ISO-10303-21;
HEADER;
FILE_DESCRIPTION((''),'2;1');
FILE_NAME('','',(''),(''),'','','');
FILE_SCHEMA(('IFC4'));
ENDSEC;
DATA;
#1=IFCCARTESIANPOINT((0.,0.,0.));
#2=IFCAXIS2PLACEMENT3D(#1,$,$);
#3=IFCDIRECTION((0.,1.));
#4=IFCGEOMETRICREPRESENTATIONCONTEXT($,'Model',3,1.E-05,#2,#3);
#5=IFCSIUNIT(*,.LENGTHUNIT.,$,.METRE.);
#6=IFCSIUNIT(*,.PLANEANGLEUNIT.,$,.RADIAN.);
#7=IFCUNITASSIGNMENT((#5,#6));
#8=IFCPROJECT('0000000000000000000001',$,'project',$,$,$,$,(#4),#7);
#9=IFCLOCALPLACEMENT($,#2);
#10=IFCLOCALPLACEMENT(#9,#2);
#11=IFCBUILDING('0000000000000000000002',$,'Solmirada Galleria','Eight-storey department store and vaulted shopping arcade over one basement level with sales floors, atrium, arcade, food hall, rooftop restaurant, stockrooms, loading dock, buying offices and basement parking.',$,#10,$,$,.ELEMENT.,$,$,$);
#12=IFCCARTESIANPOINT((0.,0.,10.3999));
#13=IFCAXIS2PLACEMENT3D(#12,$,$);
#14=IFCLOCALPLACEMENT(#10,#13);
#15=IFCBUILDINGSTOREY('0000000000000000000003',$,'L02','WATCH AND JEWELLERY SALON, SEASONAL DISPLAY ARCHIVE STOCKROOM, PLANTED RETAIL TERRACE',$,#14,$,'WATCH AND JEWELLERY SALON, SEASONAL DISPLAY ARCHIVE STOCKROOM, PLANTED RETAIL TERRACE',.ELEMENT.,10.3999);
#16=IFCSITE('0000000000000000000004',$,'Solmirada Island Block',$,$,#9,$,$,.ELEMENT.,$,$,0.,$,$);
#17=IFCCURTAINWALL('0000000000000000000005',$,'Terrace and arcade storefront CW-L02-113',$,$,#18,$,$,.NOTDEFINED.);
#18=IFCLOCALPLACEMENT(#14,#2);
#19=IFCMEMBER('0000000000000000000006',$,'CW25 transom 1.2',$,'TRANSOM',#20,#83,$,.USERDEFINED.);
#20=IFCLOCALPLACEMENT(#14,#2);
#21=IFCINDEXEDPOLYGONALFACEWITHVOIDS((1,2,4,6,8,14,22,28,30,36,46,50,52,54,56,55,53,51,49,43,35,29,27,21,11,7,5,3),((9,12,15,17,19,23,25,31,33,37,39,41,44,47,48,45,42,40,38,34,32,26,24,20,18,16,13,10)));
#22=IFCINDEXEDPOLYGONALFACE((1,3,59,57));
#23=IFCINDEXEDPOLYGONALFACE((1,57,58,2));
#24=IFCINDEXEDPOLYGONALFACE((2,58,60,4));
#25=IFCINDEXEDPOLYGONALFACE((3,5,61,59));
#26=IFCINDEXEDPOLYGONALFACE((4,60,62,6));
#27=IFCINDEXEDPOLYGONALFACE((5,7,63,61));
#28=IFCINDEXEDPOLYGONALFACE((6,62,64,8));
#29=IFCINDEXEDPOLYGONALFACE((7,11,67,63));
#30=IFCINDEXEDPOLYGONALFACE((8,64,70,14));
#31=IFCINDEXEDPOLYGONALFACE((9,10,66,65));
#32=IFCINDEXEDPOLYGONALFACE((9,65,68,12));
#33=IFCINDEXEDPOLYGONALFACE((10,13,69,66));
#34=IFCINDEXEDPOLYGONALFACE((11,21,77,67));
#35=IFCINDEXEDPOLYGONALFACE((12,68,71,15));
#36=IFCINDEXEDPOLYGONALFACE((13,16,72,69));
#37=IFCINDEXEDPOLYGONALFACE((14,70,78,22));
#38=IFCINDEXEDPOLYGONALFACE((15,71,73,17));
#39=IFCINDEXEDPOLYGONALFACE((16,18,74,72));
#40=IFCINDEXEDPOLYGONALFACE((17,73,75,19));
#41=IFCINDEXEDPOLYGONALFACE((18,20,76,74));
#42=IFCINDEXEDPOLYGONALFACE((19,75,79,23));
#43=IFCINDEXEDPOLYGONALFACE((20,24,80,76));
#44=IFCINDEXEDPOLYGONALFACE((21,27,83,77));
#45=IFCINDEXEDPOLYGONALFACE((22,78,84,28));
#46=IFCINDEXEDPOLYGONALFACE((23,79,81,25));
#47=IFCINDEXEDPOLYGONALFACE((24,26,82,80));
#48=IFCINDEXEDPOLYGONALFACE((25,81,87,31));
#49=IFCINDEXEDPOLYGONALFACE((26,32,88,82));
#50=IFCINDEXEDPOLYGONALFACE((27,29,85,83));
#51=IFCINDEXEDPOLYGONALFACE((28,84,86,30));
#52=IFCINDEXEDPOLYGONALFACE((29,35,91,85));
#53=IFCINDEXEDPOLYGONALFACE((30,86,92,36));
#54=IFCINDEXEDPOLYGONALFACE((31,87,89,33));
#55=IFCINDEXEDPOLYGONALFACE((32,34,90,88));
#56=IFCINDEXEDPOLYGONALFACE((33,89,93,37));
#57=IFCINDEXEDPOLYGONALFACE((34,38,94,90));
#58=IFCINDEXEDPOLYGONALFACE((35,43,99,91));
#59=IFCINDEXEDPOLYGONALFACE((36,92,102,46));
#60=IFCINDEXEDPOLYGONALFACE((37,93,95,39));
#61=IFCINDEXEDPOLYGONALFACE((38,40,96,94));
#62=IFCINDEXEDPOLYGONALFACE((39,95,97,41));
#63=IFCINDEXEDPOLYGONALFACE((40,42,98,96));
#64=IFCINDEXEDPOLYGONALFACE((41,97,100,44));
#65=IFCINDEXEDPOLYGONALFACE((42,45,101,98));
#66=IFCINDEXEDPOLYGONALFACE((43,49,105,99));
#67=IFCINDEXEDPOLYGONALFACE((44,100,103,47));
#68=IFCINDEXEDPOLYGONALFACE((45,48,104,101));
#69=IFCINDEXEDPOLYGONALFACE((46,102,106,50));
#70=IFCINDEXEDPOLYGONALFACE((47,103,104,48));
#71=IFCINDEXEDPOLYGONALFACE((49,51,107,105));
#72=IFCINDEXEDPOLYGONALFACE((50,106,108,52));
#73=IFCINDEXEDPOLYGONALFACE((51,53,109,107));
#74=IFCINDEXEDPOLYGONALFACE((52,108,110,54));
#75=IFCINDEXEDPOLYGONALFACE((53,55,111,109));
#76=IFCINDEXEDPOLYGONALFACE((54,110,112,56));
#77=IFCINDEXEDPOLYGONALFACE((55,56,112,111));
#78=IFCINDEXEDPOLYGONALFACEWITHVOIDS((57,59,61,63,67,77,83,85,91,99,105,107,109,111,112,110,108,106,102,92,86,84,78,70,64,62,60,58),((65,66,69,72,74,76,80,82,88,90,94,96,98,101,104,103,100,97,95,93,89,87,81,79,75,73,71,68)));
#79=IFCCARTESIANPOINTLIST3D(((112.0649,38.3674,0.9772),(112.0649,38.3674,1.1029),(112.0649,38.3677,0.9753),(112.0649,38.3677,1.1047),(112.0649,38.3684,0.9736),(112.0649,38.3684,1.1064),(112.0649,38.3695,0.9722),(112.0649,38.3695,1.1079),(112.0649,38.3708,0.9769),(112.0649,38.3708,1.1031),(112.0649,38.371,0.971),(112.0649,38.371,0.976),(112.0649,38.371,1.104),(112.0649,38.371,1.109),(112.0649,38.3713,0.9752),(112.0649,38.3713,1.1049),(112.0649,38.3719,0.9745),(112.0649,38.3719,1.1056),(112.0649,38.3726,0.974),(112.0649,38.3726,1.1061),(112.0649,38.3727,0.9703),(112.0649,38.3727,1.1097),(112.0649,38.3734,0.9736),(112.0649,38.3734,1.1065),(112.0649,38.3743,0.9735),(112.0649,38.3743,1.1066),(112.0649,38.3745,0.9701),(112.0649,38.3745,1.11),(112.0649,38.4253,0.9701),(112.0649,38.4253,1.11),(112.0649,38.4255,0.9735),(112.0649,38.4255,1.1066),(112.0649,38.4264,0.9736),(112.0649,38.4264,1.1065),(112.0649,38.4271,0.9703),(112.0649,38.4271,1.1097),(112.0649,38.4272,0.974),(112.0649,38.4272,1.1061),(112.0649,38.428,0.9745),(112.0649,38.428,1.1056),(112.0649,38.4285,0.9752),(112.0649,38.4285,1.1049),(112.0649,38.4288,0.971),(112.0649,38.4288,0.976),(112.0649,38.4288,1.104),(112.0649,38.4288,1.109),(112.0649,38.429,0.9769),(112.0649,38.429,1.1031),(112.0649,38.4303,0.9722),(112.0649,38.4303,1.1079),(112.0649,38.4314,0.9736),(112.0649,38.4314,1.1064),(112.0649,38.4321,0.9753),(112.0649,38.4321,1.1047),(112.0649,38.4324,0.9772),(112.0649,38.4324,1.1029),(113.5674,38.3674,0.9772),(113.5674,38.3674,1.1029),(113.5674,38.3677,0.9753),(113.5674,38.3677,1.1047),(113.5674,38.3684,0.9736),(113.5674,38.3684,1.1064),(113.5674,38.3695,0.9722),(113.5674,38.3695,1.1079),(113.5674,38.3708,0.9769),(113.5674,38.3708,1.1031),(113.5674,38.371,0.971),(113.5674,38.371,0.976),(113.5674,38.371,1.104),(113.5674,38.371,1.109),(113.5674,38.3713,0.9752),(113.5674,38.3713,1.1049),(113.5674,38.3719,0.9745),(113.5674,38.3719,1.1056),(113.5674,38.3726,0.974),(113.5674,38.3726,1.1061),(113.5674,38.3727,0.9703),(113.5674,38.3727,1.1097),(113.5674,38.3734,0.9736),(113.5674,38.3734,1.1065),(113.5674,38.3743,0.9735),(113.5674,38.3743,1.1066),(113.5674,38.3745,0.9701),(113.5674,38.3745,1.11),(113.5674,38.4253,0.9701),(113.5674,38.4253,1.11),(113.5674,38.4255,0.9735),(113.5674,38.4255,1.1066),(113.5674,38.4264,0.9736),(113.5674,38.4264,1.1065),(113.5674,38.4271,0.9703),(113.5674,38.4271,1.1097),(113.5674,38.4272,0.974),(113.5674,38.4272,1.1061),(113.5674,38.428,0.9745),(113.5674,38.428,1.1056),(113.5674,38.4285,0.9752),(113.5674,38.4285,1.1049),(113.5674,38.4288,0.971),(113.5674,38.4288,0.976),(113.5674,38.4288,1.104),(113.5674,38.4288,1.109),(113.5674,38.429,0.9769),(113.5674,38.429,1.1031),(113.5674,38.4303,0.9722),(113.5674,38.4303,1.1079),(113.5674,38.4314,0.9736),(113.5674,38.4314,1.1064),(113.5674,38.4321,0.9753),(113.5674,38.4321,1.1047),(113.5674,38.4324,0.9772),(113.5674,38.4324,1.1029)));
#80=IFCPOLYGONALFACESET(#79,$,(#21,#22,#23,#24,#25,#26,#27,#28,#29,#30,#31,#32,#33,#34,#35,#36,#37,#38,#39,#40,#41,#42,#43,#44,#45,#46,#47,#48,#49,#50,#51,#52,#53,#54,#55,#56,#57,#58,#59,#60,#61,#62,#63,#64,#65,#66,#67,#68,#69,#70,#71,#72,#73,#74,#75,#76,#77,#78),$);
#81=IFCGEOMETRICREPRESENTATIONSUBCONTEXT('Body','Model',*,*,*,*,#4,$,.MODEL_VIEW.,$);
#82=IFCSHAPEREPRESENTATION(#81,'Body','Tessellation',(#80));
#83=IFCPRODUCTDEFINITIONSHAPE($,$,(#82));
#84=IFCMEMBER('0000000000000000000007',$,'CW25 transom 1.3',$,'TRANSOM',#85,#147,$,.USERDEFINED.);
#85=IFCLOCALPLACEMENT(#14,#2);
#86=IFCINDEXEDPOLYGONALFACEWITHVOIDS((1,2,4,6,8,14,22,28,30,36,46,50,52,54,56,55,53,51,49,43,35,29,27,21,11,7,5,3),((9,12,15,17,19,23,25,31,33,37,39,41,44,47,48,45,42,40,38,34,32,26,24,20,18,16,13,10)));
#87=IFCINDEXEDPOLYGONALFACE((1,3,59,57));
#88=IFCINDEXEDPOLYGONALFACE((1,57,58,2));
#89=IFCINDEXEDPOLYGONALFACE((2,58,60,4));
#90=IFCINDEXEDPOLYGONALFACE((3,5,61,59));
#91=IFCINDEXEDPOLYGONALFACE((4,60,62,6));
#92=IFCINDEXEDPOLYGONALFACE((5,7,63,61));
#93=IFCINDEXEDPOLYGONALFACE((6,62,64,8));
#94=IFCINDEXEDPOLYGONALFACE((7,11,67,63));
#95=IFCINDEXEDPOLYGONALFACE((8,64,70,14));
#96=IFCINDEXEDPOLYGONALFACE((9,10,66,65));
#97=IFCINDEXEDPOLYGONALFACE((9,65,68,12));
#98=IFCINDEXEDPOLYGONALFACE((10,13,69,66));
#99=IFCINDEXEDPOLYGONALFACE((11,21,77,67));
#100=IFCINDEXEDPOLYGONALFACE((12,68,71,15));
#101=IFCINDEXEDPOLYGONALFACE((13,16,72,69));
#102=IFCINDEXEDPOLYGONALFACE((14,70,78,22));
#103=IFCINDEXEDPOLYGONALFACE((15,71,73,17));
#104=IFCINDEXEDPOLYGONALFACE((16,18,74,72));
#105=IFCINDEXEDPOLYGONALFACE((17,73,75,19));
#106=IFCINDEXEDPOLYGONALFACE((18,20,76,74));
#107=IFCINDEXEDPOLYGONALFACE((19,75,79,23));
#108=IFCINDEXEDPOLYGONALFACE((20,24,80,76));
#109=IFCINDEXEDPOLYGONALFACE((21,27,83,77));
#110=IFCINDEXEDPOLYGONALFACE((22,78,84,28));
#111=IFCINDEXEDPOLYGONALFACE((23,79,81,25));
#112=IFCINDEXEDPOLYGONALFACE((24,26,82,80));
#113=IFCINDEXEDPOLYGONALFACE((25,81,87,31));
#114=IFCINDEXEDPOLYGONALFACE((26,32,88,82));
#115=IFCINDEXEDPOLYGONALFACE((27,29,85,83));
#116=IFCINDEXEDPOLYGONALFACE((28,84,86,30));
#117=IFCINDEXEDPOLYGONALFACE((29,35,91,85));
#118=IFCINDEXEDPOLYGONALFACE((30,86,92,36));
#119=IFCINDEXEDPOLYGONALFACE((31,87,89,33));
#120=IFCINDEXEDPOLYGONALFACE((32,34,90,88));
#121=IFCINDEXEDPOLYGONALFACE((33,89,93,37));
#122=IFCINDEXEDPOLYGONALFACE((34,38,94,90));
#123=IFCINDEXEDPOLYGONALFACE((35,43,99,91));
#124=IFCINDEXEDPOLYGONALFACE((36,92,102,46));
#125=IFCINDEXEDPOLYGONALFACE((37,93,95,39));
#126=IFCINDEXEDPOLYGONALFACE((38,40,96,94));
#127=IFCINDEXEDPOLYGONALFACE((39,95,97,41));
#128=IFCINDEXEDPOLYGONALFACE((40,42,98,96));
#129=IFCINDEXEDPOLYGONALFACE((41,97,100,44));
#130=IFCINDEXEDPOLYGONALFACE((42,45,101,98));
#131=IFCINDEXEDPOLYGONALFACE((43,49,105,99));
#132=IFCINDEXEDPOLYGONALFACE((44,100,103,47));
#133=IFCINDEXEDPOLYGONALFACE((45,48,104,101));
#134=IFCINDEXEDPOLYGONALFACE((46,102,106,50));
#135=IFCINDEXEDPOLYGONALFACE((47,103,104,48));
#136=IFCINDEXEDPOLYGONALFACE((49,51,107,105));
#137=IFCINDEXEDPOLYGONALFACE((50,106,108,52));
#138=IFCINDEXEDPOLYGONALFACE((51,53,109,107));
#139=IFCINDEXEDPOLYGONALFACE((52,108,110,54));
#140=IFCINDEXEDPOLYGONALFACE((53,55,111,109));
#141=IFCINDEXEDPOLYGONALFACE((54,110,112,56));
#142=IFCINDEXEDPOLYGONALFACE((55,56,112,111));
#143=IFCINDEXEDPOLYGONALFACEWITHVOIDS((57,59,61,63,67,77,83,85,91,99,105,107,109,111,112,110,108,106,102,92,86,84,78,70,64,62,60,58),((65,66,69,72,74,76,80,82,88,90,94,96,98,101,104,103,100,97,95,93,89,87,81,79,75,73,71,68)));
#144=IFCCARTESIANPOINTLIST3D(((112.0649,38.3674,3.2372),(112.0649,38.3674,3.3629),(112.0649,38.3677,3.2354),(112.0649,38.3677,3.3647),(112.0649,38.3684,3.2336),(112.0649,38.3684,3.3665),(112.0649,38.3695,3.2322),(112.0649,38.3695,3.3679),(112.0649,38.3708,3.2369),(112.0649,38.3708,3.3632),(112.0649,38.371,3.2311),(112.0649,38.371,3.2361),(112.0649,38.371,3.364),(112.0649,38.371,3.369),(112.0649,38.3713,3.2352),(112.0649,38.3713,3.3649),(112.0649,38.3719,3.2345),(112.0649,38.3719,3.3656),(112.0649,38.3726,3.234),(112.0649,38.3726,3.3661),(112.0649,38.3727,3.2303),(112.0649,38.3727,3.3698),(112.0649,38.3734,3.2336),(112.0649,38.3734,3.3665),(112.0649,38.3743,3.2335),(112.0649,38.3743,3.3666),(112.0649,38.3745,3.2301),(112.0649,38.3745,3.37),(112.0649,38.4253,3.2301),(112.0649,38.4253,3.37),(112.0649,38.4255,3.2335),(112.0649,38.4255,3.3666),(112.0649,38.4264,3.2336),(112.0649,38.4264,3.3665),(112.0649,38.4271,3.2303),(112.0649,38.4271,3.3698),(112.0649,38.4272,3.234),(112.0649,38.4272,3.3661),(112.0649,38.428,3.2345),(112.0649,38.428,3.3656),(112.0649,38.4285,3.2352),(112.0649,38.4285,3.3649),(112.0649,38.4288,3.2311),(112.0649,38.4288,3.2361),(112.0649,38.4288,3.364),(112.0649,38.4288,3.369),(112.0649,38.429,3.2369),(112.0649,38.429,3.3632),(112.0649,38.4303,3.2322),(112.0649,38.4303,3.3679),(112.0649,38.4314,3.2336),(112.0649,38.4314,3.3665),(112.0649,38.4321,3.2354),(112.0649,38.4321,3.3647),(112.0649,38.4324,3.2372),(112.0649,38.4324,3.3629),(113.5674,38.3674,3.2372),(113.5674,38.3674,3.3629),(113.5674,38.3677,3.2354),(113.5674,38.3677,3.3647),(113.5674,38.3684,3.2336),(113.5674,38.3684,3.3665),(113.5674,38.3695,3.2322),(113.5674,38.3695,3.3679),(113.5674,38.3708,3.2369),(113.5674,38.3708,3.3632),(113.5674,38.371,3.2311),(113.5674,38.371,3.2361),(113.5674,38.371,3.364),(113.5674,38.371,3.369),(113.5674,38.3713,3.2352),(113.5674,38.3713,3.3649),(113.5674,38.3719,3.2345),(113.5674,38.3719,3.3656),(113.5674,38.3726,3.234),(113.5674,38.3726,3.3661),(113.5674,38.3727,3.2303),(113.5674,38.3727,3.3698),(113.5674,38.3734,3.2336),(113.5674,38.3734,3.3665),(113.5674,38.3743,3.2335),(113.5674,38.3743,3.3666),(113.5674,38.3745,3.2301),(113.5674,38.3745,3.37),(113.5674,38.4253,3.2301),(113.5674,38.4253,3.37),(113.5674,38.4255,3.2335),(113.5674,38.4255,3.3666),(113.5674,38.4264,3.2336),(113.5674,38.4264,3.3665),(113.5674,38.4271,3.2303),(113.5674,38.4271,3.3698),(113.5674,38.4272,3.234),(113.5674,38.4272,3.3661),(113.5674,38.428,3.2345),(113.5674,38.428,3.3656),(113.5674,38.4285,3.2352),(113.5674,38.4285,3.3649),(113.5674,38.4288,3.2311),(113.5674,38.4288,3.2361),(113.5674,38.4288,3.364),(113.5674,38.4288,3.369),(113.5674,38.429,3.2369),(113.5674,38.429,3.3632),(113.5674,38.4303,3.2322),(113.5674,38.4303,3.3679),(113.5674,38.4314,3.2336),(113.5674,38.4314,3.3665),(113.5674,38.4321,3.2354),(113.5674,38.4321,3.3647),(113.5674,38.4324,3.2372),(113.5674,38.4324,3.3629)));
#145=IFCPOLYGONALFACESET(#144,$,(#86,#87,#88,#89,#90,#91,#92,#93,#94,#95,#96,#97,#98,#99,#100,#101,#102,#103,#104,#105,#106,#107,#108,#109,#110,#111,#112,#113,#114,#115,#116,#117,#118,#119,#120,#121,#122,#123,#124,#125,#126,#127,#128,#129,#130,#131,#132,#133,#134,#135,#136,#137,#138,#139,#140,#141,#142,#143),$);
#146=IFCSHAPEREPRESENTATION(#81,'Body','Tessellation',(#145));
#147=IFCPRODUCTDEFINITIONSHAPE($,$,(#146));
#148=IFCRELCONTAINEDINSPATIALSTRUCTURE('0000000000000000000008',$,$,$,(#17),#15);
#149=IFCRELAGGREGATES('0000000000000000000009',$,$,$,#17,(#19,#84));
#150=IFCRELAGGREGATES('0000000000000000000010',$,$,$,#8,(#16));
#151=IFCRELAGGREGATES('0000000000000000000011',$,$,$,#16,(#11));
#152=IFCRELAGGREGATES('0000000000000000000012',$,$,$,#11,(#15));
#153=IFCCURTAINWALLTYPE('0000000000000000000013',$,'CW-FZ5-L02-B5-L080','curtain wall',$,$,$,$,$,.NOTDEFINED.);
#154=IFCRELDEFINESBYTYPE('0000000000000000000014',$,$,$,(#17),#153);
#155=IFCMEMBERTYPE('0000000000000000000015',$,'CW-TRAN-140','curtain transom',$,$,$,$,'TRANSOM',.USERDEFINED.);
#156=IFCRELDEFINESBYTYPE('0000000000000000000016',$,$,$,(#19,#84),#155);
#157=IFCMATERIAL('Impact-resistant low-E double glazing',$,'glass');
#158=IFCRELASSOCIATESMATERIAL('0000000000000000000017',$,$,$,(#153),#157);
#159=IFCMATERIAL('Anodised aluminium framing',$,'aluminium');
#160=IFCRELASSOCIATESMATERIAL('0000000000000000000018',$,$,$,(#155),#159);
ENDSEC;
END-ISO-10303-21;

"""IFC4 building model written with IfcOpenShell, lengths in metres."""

from ifc_helpers import new_model, si_unit, direction, frame, origin, origin_2d, place, context, subcontext, project, spatial, hollow_rectangle, extrude, material, material_profile, profile_set, type_object, element, aggregate, save


model = new_model("IFC4")

# Units and contexts
model_context = context("Model", 3, precision=1e-05, world=origin(), true_north=direction((0.0, 1.0)))
body_context = subcontext(model_context, "Body", "Model", "MODEL_VIEW")
ifc_project = project(units=[si_unit("LENGTHUNIT", "METRE"), si_unit("PLANEANGLEUNIT", "RADIAN")], contexts=[model_context])

# Site, building, storey
site_placement = place(None, origin())
site = spatial("IfcSite", under=ifc_project, at=site_placement, Name="Solmirada Island Block", CompositionType="ELEMENT", RefElevation=0.0)
building_placement = place(site_placement, origin())
building = spatial("IfcBuilding", under=site, at=building_placement, Name="Solmirada Galleria", Description="Eight-storey department store and vaulted shopping arcade over one basement level with sales floors, atrium, arcade, food hall, rooftop restaurant, stockrooms, loading dock, buying offices and basement parking.", CompositionType="ELEMENT")
storey_placement = place(building_placement, frame((0.0, 0.0, 10.3999)))
storey = spatial("IfcBuildingStorey", under=building, at=storey_placement, Name="L02", Description="WATCH AND JEWELLERY SALON, SEASONAL DISPLAY ARCHIVE STOCKROOM, PLANTED RETAIL TERRACE", LongName="WATCH AND JEWELLERY SALON, SEASONAL DISPLAY ARCHIVE STOCKROOM, PLANTED RETAIL TERRACE", CompositionType="ELEMENT", Elevation=10.3999)

# Shared definitions
ifc_material_1 = material(Name="Impact-resistant low-E double glazing", Category="glass")
curtain_wall_type = type_object("IfcCurtainWallType", Name="CW-FZ5-L02-B5-L080", Description="curtain wall", PredefinedType="NOTDEFINED", material=ifc_material_1)
ifc_material_2 = material(Name="Anodised aluminium framing", Category="aluminium")

# Curtain wall
curtain_wall_1_placement = place(storey_placement, origin())
curtain_wall_1 = element("IfcCurtainWall", 1, at=curtain_wall_1_placement, inside=storey, type_object=curtain_wall_type, Name="Terrace and arcade storefront CW-L02-113", PredefinedType="NOTDEFINED")

# Members
ifc_material_profile_1 = material_profile(ifc_material_2, hollow_rectangle(XDim=0.0649, YDim=0.1399, WallThickness=0.0034, InnerFilletRadius=0.0034, OuterFilletRadius=0.0071, at=origin_2d()), Name="ALU-TRAN-140X65")
ifc_profile_set_1 = profile_set([ifc_material_profile_1], Name="Anodised aluminium framing")
member_type_1 = type_object("IfcMemberType", Name="CW-TRAN-140", Description="curtain transom", ElementType="TRANSOM", PredefinedType="USERDEFINED", material=ifc_profile_set_1)
member_1_placement = place(storey_placement, frame((112.0649, 38.3999, 1.04), z_axis=(1.0, 0.0, 0.0), x_axis=(0.0, 1.0, 0.0)))
member_1 = element("IfcMember", 2, at=member_1_placement, type_object=member_type_1, Name="CW25 transom 1.2", ObjectType="TRANSOM", PredefinedType="USERDEFINED", context=body_context, shape_type="SweptSolid", body=[
    extrude(hollow_rectangle(XDim=0.0649, YDim=0.1399, WallThickness=0.0034, InnerFilletRadius=0.0034, OuterFilletRadius=0.0071, at=origin_2d()), origin(), (0.0, 0.0, 1.0), 1.5024),
])
member_2_placement = place(storey_placement, frame((112.0649, 38.3999, 3.3), z_axis=(1.0, 0.0, 0.0), x_axis=(0.0, 1.0, 0.0)))
member_2 = element("IfcMember", 3, at=member_2_placement, type_object=member_type_1, Name="CW25 transom 1.3", ObjectType="TRANSOM", PredefinedType="USERDEFINED", context=body_context, shape_type="SweptSolid", body=[
    extrude(hollow_rectangle(XDim=0.0649, YDim=0.1399, WallThickness=0.0034, InnerFilletRadius=0.0034, OuterFilletRadius=0.0071, at=origin_2d()), origin(), (0.0, 0.0, 1.0), 1.5024),
])

aggregate(curtain_wall_1, [member_1, member_2])

save(model, "model.ifc")
